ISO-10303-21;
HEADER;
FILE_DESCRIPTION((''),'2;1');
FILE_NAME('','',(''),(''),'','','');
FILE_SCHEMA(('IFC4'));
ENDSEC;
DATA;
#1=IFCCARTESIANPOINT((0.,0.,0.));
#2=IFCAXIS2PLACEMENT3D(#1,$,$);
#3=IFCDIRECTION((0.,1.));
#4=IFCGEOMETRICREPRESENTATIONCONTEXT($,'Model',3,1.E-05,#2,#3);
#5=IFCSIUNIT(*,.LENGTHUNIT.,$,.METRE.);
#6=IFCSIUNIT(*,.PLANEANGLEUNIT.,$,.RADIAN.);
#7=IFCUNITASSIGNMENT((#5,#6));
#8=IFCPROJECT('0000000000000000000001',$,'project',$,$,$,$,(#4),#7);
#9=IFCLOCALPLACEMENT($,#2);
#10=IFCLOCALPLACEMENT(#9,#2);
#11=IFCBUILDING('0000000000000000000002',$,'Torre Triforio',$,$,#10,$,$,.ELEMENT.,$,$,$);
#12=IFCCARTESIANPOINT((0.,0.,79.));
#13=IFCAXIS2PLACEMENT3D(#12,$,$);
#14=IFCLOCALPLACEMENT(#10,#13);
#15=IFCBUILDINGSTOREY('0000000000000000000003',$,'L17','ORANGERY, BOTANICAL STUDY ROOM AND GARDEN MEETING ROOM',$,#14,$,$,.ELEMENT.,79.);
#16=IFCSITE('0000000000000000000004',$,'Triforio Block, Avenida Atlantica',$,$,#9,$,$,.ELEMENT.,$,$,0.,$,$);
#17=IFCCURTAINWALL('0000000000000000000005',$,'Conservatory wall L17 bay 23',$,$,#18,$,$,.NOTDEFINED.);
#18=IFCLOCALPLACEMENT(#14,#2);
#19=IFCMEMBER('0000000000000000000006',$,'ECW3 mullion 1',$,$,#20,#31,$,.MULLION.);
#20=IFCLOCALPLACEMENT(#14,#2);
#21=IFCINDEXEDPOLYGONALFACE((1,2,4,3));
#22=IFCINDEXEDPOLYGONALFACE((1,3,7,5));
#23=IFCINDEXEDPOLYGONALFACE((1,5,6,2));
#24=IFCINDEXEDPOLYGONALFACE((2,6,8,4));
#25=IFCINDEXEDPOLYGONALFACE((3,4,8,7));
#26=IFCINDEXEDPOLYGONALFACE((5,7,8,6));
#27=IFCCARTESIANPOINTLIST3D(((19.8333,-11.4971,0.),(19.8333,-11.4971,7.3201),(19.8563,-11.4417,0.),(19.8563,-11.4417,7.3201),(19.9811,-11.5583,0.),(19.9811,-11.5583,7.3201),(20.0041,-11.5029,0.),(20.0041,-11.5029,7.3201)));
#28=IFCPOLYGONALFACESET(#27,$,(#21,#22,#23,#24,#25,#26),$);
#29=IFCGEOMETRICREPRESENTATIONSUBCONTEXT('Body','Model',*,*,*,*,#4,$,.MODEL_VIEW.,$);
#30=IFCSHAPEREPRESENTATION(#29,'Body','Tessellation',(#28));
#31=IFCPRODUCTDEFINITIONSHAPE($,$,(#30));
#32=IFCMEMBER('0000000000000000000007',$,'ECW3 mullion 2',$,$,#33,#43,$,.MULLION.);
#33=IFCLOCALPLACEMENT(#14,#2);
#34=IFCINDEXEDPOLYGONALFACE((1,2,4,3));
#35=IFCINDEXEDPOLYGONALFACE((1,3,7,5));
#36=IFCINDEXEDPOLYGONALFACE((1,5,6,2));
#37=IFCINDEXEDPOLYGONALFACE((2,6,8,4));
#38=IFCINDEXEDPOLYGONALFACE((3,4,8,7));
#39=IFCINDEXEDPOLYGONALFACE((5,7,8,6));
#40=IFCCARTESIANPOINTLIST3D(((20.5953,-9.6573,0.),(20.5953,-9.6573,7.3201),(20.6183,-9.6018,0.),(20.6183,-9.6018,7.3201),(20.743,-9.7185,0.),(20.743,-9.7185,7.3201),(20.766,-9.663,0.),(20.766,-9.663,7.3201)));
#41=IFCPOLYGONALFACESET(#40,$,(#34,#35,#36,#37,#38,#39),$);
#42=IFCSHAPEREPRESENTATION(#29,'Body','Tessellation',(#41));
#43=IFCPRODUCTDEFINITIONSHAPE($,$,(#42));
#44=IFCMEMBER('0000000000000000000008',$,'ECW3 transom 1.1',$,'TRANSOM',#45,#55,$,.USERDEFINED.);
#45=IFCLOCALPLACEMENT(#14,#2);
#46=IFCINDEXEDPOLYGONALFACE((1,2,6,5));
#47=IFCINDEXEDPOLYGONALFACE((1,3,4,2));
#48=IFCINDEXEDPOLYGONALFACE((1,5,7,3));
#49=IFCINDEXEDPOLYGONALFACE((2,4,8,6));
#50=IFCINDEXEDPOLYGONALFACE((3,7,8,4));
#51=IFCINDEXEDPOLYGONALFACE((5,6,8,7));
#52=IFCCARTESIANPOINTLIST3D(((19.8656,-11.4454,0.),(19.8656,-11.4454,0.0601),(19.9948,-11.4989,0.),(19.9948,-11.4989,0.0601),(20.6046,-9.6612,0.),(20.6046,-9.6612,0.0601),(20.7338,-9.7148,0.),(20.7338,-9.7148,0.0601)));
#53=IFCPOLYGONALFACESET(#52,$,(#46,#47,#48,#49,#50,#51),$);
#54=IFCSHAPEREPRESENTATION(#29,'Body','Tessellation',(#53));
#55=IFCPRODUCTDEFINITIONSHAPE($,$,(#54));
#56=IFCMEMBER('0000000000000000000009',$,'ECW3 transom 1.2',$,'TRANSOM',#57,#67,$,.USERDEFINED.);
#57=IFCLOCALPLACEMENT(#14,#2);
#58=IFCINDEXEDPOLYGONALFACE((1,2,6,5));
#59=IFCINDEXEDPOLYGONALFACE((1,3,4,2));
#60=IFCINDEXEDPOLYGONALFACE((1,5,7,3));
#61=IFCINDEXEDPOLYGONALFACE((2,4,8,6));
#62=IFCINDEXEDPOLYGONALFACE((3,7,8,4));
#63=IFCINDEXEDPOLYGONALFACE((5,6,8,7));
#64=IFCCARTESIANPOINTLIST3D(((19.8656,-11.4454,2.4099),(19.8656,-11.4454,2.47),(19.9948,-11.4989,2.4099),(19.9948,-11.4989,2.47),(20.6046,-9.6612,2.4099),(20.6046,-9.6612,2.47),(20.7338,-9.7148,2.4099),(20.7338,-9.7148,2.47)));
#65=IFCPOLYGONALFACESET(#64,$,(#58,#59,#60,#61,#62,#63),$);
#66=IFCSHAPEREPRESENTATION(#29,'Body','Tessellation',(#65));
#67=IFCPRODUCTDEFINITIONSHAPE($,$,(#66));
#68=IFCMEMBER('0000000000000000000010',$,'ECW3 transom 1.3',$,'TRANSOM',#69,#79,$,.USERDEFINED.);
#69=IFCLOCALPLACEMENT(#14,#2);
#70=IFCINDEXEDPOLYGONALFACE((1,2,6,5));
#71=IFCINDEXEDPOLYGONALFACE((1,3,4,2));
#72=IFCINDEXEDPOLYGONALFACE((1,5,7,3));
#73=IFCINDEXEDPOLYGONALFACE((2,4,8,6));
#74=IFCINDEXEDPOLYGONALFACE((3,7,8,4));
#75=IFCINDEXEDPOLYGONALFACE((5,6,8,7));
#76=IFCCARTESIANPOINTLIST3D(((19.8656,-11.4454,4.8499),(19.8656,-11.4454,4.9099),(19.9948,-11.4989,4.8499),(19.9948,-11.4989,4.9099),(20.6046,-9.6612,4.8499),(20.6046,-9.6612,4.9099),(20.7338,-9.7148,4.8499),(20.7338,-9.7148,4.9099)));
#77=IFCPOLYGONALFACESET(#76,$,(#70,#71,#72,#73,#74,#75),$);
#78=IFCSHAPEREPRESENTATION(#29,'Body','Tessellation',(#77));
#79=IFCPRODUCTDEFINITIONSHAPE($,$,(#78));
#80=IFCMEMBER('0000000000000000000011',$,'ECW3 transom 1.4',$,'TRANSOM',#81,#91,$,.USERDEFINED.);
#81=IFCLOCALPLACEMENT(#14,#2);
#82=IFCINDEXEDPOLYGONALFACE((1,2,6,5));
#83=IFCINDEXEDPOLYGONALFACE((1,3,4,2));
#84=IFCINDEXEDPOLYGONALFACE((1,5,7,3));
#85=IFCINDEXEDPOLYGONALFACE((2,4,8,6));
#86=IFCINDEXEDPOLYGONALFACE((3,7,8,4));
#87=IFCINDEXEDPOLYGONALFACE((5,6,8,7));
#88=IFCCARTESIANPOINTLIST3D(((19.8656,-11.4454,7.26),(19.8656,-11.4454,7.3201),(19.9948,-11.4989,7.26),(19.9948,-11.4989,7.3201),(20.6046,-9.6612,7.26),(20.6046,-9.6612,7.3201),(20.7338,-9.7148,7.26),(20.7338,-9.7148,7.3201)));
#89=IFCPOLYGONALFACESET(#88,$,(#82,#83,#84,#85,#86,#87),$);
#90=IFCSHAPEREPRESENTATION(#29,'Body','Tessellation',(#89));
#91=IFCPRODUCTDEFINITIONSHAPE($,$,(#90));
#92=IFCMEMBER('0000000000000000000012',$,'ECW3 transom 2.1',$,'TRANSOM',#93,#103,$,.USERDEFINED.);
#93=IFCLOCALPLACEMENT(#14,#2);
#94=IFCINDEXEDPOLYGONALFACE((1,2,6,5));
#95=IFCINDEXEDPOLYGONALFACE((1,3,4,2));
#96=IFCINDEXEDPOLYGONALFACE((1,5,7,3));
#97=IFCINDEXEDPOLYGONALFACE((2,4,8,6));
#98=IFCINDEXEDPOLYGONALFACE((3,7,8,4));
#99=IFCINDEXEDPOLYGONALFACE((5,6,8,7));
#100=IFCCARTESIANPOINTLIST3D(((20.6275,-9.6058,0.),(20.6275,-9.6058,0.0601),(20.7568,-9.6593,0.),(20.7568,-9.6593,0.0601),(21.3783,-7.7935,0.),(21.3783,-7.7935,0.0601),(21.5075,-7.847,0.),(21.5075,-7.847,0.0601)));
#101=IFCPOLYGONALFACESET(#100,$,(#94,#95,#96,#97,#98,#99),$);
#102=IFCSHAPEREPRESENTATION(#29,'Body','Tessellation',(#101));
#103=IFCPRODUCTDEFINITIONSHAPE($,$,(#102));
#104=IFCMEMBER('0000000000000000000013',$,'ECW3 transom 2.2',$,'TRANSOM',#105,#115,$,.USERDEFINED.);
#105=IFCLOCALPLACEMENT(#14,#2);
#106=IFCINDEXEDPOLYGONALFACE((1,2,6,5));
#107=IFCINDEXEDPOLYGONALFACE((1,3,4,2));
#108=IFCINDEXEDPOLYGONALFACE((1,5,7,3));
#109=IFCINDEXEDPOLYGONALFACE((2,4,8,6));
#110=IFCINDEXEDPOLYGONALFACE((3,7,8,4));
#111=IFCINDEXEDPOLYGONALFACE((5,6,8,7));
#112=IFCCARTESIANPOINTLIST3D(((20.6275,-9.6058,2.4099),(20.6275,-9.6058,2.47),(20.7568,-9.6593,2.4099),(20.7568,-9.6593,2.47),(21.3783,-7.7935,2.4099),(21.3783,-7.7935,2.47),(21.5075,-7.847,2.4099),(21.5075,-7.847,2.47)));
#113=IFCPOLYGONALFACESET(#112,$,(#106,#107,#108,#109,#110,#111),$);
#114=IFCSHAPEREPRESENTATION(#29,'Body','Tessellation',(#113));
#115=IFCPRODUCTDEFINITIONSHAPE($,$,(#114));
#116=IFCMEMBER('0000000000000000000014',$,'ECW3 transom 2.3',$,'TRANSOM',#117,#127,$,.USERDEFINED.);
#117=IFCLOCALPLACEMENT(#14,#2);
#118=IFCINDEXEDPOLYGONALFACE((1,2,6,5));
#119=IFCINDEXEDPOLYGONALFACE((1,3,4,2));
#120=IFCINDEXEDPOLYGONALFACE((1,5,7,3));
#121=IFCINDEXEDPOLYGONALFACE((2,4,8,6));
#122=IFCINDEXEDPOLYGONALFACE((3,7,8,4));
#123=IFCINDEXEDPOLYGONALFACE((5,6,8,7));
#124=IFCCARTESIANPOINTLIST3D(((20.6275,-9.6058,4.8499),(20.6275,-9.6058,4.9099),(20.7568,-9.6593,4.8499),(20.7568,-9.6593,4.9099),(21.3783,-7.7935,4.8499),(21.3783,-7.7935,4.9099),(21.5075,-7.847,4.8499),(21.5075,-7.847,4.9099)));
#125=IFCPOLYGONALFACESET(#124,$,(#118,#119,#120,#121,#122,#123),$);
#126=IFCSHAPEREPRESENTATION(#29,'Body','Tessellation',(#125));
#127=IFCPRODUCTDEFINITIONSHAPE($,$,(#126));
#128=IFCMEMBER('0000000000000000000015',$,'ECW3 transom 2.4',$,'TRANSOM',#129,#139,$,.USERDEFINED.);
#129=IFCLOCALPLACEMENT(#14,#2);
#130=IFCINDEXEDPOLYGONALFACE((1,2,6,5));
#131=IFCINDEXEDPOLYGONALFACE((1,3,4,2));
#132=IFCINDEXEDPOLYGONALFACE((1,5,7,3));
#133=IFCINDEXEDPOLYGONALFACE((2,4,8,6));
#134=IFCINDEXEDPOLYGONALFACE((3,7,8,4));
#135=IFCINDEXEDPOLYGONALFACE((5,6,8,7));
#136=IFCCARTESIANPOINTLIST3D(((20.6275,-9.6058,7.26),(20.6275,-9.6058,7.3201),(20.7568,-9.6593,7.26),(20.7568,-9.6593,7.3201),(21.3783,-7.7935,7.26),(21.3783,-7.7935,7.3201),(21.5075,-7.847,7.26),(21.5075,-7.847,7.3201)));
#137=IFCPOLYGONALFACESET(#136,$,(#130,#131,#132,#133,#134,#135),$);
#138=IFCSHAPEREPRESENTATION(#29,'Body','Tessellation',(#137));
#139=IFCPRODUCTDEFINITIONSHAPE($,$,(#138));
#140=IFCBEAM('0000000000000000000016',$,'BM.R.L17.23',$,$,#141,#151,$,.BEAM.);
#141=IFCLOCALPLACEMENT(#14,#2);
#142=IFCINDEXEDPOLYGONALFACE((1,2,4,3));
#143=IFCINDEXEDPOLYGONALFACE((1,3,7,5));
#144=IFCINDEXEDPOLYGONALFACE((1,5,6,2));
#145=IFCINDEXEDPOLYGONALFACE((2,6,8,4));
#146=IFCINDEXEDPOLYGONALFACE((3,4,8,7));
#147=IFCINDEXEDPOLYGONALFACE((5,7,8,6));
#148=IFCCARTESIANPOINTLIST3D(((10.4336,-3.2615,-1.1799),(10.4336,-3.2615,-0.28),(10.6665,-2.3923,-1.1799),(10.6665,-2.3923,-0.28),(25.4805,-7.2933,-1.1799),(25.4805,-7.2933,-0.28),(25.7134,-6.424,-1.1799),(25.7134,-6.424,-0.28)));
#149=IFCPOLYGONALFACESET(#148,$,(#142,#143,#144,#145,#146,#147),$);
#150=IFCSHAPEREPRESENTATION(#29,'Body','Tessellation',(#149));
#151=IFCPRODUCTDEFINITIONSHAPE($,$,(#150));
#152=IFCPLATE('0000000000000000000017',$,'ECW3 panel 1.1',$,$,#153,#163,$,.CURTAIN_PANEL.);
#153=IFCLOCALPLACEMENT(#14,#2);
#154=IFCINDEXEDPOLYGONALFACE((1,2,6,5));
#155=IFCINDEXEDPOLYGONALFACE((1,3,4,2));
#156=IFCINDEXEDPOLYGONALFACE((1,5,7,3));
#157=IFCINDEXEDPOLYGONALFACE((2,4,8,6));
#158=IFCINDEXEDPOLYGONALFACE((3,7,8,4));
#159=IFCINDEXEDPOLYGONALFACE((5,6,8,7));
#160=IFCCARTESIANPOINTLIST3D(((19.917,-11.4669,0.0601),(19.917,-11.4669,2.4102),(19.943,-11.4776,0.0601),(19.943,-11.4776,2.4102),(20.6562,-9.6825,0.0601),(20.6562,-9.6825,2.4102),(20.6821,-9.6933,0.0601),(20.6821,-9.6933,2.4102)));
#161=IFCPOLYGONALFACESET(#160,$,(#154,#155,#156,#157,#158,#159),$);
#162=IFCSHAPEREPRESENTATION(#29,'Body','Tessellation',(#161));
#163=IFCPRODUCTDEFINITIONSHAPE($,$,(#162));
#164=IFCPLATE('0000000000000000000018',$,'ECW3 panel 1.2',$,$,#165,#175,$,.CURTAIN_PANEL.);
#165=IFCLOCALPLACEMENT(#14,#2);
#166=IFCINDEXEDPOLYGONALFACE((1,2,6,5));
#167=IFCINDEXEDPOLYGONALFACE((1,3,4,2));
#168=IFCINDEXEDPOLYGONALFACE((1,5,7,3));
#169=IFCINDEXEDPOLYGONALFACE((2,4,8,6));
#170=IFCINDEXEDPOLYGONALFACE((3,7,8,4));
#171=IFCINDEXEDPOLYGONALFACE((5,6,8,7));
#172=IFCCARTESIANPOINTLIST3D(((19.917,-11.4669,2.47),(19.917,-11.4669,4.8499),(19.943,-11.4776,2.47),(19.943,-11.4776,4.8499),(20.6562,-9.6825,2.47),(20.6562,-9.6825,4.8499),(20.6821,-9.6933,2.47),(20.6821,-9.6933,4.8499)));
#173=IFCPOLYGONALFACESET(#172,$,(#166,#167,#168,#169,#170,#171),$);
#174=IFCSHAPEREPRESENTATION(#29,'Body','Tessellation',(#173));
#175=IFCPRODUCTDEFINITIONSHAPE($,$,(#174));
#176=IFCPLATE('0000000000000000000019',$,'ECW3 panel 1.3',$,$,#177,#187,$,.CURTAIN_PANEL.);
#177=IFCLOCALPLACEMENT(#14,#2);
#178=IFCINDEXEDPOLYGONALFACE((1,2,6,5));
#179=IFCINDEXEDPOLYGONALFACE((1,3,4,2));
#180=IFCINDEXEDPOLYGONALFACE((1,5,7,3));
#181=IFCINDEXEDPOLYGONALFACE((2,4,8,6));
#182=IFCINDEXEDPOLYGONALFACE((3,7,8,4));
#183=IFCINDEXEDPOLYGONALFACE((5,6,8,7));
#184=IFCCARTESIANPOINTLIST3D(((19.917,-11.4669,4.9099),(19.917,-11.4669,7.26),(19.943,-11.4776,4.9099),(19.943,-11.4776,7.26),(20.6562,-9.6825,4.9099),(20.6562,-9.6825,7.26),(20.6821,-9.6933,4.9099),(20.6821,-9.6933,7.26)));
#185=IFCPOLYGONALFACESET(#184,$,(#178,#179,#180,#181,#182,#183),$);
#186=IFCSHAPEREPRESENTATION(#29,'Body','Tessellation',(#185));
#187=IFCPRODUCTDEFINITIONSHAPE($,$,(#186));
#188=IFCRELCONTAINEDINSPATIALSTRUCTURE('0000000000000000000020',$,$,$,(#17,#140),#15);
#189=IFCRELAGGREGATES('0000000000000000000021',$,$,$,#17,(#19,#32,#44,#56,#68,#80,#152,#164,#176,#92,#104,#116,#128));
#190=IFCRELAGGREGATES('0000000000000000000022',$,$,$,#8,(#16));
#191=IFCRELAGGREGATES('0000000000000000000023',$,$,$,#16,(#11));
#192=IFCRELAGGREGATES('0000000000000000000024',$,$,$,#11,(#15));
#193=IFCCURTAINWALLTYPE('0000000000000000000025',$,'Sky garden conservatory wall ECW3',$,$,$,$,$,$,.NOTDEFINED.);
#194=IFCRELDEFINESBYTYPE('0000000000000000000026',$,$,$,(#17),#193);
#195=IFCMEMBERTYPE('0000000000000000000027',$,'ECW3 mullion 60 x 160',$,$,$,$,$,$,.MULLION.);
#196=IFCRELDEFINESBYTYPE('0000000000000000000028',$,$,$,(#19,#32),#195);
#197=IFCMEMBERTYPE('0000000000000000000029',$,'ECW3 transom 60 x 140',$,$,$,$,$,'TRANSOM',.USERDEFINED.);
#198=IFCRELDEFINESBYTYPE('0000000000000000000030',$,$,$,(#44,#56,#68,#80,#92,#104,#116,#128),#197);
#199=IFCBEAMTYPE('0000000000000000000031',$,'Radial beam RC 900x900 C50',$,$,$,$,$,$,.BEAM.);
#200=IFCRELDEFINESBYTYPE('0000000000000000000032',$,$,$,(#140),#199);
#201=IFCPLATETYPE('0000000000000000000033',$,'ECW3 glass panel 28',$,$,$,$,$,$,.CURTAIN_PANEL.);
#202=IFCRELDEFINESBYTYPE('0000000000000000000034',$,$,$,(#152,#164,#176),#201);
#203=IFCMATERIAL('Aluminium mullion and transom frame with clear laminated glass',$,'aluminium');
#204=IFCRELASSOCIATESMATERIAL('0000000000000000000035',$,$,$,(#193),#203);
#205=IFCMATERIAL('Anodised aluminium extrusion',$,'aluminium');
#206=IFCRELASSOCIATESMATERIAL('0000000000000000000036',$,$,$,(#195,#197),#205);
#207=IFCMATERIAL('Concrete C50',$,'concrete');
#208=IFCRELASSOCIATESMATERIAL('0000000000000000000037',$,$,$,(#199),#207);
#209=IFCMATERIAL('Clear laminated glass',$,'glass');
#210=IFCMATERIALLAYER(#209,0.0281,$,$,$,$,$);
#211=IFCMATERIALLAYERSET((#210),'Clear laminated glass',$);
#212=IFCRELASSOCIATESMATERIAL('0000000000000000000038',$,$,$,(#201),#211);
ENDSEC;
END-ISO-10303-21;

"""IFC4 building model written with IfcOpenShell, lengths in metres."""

from ifc_helpers import new_model, si_unit, direction, frame, origin, origin_2d, place, context, subcontext, project, spatial, rectangle, extrude, material, layer, layer_set, material_profile, profile_set, type_object, element, aggregate, save


model = new_model("IFC4")

# Units and contexts
model_context = context("Model", 3, precision=1e-05, world=origin(), true_north=direction((0.0, 1.0)))
body_context = subcontext(model_context, "Body", "Model", "MODEL_VIEW")
ifc_project = project(units=[si_unit("LENGTHUNIT", "METRE"), si_unit("PLANEANGLEUNIT", "RADIAN")], contexts=[model_context])

# Site, building, storey
site_placement = place(None, origin())
site = spatial("IfcSite", under=ifc_project, at=site_placement, Name="Triforio Block, Avenida Atlantica", CompositionType="ELEMENT", RefElevation=0.0)
building_placement = place(site_placement, origin())
building = spatial("IfcBuilding", under=site, at=building_placement, Name="Torre Triforio", CompositionType="ELEMENT")
storey_placement = place(building_placement, frame((0.0, 0.0, 79.0)))
storey = spatial("IfcBuildingStorey", under=building, at=storey_placement, Name="L17", Description="ORANGERY, BOTANICAL STUDY ROOM AND GARDEN MEETING ROOM", CompositionType="ELEMENT", Elevation=79.0)

# Curtain wall, members
ifc_material_1 = material(Name="Aluminium mullion and transom frame with clear laminated glass", Category="aluminium")
curtain_wall_type = type_object("IfcCurtainWallType", Name="Sky garden conservatory wall ECW3", PredefinedType="NOTDEFINED", material=ifc_material_1)
curtain_wall_placement = place(storey_placement, origin())
curtain_wall = element("IfcCurtainWall", 1, at=curtain_wall_placement, inside=storey, type_object=curtain_wall_type, Name="Conservatory wall L17 bay 23", PredefinedType="NOTDEFINED")
ifc_material_2 = material(Name="Anodised aluminium extrusion", Category="aluminium")
ifc_material_profile_1 = material_profile(ifc_material_2, rectangle(XDim=0.1599, YDim=0.0601, at=origin_2d()), Name="ECW3 MULLION 60x160")
ifc_profile_set_1 = profile_set([ifc_material_profile_1], Name="Anodised aluminium extrusion")
member_type_1 = type_object("IfcMemberType", Name="ECW3 mullion 60 x 160", PredefinedType="MULLION", material=ifc_profile_set_1)
member_1_placement = place(storey_placement, frame((19.9187, -11.5, 0.0), z_axis=(0.0, 0.0, 1.0), x_axis=(-0.923878, 0.382687, 0.0)))
member_1 = element("IfcMember", 2, at=member_1_placement, type_object=member_type_1, Name="ECW3 mullion 1", PredefinedType="MULLION", context=body_context, shape_type="SweptSolid", body=[
    extrude(rectangle(XDim=0.1599, YDim=0.0601, at=origin_2d()), origin(), (0.0, 0.0, 1.0), 7.3201),
])
member_2_placement = place(storey_placement, frame((20.6807, -9.6602, 0.0), z_axis=(0.0, 0.0, 1.0), x_axis=(-0.923878, 0.382687, 0.0)))
member_2 = element("IfcMember", 3, at=member_2_placement, type_object=member_type_1, Name="ECW3 mullion 2", PredefinedType="MULLION", context=body_context, shape_type="SweptSolid", body=[
    extrude(rectangle(XDim=0.1599, YDim=0.0601, at=origin_2d()), origin(), (0.0, 0.0, 1.0), 7.3201),
])
ifc_material_profile_2 = material_profile(ifc_material_2, rectangle(XDim=0.1399, YDim=0.0601, at=origin_2d()), Name="ECW3 TRANSOM 60x140")
ifc_profile_set_2 = profile_set([ifc_material_profile_2], Name="Anodised aluminium extrusion")
member_type_2 = type_object("IfcMemberType", Name="ECW3 transom 60 x 140", ElementType="TRANSOM", PredefinedType="USERDEFINED", material=ifc_profile_set_2)
member_3_placement = place(storey_placement, frame((19.9302, -11.4722, 0.03), z_axis=(0.382676, 0.923883, 0.0), x_axis=(-0.923883, 0.382676, 0.0)))
member_3 = element("IfcMember", 4, at=member_3_placement, type_object=member_type_2, Name="ECW3 transom 1.1", ObjectType="TRANSOM", PredefinedType="USERDEFINED", context=body_context, shape_type="SweptSolid", body=[
    extrude(rectangle(XDim=0.1399, YDim=0.0601, at=origin_2d()), origin(), (0.0, 0.0, 1.0), 1.9312),
])
member_4_placement = place(storey_placement, frame((19.9302, -11.4722, 2.4399), z_axis=(0.382676, 0.923883, 0.0), x_axis=(-0.923883, 0.382676, 0.0)))
member_4 = element("IfcMember", 5, at=member_4_placement, type_object=member_type_2, Name="ECW3 transom 1.2", ObjectType="TRANSOM", PredefinedType="USERDEFINED", context=body_context, shape_type="SweptSolid", body=[
    extrude(rectangle(XDim=0.1399, YDim=0.0601, at=origin_2d()), origin(), (0.0, 0.0, 1.0), 1.9312),
])
member_5_placement = place(storey_placement, frame((19.9302, -11.4722, 4.8799), z_axis=(0.382676, 0.923883, 0.0), x_axis=(-0.923883, 0.382676, 0.0)))
member_5 = element("IfcMember", 6, at=member_5_placement, type_object=member_type_2, Name="ECW3 transom 1.3", ObjectType="TRANSOM", PredefinedType="USERDEFINED", context=body_context, shape_type="SweptSolid", body=[
    extrude(rectangle(XDim=0.1399, YDim=0.0601, at=origin_2d()), origin(), (0.0, 0.0, 1.0), 1.9312),
])
member_6_placement = place(storey_placement, frame((19.9302, -11.4722, 7.29), z_axis=(0.382676, 0.923883, 0.0), x_axis=(-0.923883, 0.382676, 0.0)))
member_6 = element("IfcMember", 7, at=member_6_placement, type_object=member_type_2, Name="ECW3 transom 1.4", ObjectType="TRANSOM", PredefinedType="USERDEFINED", context=body_context, shape_type="SweptSolid", body=[
    extrude(rectangle(XDim=0.1399, YDim=0.0601, at=origin_2d()), origin(), (0.0, 0.0, 1.0), 1.9312),
])
member_7_placement = place(storey_placement, frame((20.6921, -9.6326, 0.03), z_axis=(0.382715, 0.923867, 0.0), x_axis=(-0.923867, 0.382715, 0.0)))
member_7 = element("IfcMember", 8, at=member_7_placement, type_object=member_type_2, Name="ECW3 transom 2.1", ObjectType="TRANSOM", PredefinedType="USERDEFINED", context=body_context, shape_type="SweptSolid", body=[
    extrude(rectangle(XDim=0.1399, YDim=0.0601, at=origin_2d()), origin(), (0.0, 0.0, 1.0), 1.9617),
])
member_8_placement = place(storey_placement, frame((20.6921, -9.6326, 2.4399), z_axis=(0.382715, 0.923867, 0.0), x_axis=(-0.923867, 0.382715, 0.0)))
member_8 = element("IfcMember", 9, at=member_8_placement, type_object=member_type_2, Name="ECW3 transom 2.2", ObjectType="TRANSOM", PredefinedType="USERDEFINED", context=body_context, shape_type="SweptSolid", body=[
    extrude(rectangle(XDim=0.1399, YDim=0.0601, at=origin_2d()), origin(), (0.0, 0.0, 1.0), 1.9617),
])
member_9_placement = place(storey_placement, frame((20.6921, -9.6326, 4.8799), z_axis=(0.382715, 0.923867, 0.0), x_axis=(-0.923867, 0.382715, 0.0)))
member_9 = element("IfcMember", 10, at=member_9_placement, type_object=member_type_2, Name="ECW3 transom 2.3", ObjectType="TRANSOM", PredefinedType="USERDEFINED", context=body_context, shape_type="SweptSolid", body=[
    extrude(rectangle(XDim=0.1399, YDim=0.0601, at=origin_2d()), origin(), (0.0, 0.0, 1.0), 1.9617),
])
member_10_placement = place(storey_placement, frame((20.6921, -9.6326, 7.29), z_axis=(0.382715, 0.923867, 0.0), x_axis=(-0.923867, 0.382715, 0.0)))
member_10 = element("IfcMember", 11, at=member_10_placement, type_object=member_type_2, Name="ECW3 transom 2.4", ObjectType="TRANSOM", PredefinedType="USERDEFINED", context=body_context, shape_type="SweptSolid", body=[
    extrude(rectangle(XDim=0.1399, YDim=0.0601, at=origin_2d()), origin(), (0.0, 0.0, 1.0), 1.9617),
])

# Beam
ifc_material_3 = material(Name="Concrete C50", Category="concrete")
ifc_material_profile_3 = material_profile(ifc_material_3, rectangle(XDim=0.8999, YDim=0.8999, at=origin_2d()), Name="RC 900x900")
ifc_profile_set_3 = profile_set([ifc_material_profile_3], Name="Concrete C50")
beam_type = type_object("IfcBeamType", Name="Radial beam RC 900x900 C50", PredefinedType="BEAM", material=ifc_profile_set_3)
beam_placement = place(storey_placement, frame((10.55, -2.8269, -0.73), z_axis=(0.965927, -0.258815, 0.0), x_axis=(0.258815, 0.965927, 0.0)))
element("IfcBeam", 12, at=beam_placement, inside=storey, type_object=beam_type, Name="BM.R.L17.23", PredefinedType="BEAM", context=body_context, shape_type="SweptSolid", body=[
    extrude(rectangle(XDim=0.8999, YDim=0.8999, at=origin_2d()), origin(), (0.0, 0.0, 1.0), 15.5776),
])

# Plates
ifc_material_4 = material(Name="Clear laminated glass", Category="glass")
ifc_layer_1 = layer(ifc_material_4, 0.0281)
ifc_layer_set_1 = layer_set([ifc_layer_1], Name="Clear laminated glass")
plate_type = type_object("IfcPlateType", Name="ECW3 glass panel 28", PredefinedType="CURTAIN_PANEL", material=ifc_layer_set_1)
plate_1_placement = place(storey_placement, frame((20.2996, -10.5801, 0.0601), z_axis=(0.0, 0.0, 1.0), x_axis=(0.382687, 0.923878, 0.0)))
plate_1 = element("IfcPlate", 13, at=plate_1_placement, type_object=plate_type, Name="ECW3 panel 1.1", PredefinedType="CURTAIN_PANEL", context=body_context, shape_type="SweptSolid", body=[
    extrude(rectangle(XDim=1.9314, YDim=0.0281, at=origin_2d()), origin(), (0.0, 0.0, 1.0), 2.3501),
])
plate_2_placement = place(storey_placement, frame((20.2996, -10.5801, 2.47), z_axis=(0.0, 0.0, 1.0), x_axis=(0.382687, 0.923878, 0.0)))
plate_2 = element("IfcPlate", 14, at=plate_2_placement, type_object=plate_type, Name="ECW3 panel 1.2", PredefinedType="CURTAIN_PANEL", context=body_context, shape_type="SweptSolid", body=[
    extrude(rectangle(XDim=1.9314, YDim=0.0281, at=origin_2d()), origin(), (0.0, 0.0, 1.0), 2.3799),
])
plate_3_placement = place(storey_placement, frame((20.2996, -10.5801, 4.9099), z_axis=(0.0, 0.0, 1.0), x_axis=(0.382687, 0.923878, 0.0)))
plate_3 = element("IfcPlate", 15, at=plate_3_placement, type_object=plate_type, Name="ECW3 panel 1.3", PredefinedType="CURTAIN_PANEL", context=body_context, shape_type="SweptSolid", body=[
    extrude(rectangle(XDim=1.9314, YDim=0.0281, at=origin_2d()), origin(), (0.0, 0.0, 1.0), 2.3501),
])
aggregate(curtain_wall, [member_1, member_2, member_3, member_4, member_5, member_6, plate_1, plate_2, plate_3, member_7, member_8, member_9, member_10])

save(model, "model.ifc")
